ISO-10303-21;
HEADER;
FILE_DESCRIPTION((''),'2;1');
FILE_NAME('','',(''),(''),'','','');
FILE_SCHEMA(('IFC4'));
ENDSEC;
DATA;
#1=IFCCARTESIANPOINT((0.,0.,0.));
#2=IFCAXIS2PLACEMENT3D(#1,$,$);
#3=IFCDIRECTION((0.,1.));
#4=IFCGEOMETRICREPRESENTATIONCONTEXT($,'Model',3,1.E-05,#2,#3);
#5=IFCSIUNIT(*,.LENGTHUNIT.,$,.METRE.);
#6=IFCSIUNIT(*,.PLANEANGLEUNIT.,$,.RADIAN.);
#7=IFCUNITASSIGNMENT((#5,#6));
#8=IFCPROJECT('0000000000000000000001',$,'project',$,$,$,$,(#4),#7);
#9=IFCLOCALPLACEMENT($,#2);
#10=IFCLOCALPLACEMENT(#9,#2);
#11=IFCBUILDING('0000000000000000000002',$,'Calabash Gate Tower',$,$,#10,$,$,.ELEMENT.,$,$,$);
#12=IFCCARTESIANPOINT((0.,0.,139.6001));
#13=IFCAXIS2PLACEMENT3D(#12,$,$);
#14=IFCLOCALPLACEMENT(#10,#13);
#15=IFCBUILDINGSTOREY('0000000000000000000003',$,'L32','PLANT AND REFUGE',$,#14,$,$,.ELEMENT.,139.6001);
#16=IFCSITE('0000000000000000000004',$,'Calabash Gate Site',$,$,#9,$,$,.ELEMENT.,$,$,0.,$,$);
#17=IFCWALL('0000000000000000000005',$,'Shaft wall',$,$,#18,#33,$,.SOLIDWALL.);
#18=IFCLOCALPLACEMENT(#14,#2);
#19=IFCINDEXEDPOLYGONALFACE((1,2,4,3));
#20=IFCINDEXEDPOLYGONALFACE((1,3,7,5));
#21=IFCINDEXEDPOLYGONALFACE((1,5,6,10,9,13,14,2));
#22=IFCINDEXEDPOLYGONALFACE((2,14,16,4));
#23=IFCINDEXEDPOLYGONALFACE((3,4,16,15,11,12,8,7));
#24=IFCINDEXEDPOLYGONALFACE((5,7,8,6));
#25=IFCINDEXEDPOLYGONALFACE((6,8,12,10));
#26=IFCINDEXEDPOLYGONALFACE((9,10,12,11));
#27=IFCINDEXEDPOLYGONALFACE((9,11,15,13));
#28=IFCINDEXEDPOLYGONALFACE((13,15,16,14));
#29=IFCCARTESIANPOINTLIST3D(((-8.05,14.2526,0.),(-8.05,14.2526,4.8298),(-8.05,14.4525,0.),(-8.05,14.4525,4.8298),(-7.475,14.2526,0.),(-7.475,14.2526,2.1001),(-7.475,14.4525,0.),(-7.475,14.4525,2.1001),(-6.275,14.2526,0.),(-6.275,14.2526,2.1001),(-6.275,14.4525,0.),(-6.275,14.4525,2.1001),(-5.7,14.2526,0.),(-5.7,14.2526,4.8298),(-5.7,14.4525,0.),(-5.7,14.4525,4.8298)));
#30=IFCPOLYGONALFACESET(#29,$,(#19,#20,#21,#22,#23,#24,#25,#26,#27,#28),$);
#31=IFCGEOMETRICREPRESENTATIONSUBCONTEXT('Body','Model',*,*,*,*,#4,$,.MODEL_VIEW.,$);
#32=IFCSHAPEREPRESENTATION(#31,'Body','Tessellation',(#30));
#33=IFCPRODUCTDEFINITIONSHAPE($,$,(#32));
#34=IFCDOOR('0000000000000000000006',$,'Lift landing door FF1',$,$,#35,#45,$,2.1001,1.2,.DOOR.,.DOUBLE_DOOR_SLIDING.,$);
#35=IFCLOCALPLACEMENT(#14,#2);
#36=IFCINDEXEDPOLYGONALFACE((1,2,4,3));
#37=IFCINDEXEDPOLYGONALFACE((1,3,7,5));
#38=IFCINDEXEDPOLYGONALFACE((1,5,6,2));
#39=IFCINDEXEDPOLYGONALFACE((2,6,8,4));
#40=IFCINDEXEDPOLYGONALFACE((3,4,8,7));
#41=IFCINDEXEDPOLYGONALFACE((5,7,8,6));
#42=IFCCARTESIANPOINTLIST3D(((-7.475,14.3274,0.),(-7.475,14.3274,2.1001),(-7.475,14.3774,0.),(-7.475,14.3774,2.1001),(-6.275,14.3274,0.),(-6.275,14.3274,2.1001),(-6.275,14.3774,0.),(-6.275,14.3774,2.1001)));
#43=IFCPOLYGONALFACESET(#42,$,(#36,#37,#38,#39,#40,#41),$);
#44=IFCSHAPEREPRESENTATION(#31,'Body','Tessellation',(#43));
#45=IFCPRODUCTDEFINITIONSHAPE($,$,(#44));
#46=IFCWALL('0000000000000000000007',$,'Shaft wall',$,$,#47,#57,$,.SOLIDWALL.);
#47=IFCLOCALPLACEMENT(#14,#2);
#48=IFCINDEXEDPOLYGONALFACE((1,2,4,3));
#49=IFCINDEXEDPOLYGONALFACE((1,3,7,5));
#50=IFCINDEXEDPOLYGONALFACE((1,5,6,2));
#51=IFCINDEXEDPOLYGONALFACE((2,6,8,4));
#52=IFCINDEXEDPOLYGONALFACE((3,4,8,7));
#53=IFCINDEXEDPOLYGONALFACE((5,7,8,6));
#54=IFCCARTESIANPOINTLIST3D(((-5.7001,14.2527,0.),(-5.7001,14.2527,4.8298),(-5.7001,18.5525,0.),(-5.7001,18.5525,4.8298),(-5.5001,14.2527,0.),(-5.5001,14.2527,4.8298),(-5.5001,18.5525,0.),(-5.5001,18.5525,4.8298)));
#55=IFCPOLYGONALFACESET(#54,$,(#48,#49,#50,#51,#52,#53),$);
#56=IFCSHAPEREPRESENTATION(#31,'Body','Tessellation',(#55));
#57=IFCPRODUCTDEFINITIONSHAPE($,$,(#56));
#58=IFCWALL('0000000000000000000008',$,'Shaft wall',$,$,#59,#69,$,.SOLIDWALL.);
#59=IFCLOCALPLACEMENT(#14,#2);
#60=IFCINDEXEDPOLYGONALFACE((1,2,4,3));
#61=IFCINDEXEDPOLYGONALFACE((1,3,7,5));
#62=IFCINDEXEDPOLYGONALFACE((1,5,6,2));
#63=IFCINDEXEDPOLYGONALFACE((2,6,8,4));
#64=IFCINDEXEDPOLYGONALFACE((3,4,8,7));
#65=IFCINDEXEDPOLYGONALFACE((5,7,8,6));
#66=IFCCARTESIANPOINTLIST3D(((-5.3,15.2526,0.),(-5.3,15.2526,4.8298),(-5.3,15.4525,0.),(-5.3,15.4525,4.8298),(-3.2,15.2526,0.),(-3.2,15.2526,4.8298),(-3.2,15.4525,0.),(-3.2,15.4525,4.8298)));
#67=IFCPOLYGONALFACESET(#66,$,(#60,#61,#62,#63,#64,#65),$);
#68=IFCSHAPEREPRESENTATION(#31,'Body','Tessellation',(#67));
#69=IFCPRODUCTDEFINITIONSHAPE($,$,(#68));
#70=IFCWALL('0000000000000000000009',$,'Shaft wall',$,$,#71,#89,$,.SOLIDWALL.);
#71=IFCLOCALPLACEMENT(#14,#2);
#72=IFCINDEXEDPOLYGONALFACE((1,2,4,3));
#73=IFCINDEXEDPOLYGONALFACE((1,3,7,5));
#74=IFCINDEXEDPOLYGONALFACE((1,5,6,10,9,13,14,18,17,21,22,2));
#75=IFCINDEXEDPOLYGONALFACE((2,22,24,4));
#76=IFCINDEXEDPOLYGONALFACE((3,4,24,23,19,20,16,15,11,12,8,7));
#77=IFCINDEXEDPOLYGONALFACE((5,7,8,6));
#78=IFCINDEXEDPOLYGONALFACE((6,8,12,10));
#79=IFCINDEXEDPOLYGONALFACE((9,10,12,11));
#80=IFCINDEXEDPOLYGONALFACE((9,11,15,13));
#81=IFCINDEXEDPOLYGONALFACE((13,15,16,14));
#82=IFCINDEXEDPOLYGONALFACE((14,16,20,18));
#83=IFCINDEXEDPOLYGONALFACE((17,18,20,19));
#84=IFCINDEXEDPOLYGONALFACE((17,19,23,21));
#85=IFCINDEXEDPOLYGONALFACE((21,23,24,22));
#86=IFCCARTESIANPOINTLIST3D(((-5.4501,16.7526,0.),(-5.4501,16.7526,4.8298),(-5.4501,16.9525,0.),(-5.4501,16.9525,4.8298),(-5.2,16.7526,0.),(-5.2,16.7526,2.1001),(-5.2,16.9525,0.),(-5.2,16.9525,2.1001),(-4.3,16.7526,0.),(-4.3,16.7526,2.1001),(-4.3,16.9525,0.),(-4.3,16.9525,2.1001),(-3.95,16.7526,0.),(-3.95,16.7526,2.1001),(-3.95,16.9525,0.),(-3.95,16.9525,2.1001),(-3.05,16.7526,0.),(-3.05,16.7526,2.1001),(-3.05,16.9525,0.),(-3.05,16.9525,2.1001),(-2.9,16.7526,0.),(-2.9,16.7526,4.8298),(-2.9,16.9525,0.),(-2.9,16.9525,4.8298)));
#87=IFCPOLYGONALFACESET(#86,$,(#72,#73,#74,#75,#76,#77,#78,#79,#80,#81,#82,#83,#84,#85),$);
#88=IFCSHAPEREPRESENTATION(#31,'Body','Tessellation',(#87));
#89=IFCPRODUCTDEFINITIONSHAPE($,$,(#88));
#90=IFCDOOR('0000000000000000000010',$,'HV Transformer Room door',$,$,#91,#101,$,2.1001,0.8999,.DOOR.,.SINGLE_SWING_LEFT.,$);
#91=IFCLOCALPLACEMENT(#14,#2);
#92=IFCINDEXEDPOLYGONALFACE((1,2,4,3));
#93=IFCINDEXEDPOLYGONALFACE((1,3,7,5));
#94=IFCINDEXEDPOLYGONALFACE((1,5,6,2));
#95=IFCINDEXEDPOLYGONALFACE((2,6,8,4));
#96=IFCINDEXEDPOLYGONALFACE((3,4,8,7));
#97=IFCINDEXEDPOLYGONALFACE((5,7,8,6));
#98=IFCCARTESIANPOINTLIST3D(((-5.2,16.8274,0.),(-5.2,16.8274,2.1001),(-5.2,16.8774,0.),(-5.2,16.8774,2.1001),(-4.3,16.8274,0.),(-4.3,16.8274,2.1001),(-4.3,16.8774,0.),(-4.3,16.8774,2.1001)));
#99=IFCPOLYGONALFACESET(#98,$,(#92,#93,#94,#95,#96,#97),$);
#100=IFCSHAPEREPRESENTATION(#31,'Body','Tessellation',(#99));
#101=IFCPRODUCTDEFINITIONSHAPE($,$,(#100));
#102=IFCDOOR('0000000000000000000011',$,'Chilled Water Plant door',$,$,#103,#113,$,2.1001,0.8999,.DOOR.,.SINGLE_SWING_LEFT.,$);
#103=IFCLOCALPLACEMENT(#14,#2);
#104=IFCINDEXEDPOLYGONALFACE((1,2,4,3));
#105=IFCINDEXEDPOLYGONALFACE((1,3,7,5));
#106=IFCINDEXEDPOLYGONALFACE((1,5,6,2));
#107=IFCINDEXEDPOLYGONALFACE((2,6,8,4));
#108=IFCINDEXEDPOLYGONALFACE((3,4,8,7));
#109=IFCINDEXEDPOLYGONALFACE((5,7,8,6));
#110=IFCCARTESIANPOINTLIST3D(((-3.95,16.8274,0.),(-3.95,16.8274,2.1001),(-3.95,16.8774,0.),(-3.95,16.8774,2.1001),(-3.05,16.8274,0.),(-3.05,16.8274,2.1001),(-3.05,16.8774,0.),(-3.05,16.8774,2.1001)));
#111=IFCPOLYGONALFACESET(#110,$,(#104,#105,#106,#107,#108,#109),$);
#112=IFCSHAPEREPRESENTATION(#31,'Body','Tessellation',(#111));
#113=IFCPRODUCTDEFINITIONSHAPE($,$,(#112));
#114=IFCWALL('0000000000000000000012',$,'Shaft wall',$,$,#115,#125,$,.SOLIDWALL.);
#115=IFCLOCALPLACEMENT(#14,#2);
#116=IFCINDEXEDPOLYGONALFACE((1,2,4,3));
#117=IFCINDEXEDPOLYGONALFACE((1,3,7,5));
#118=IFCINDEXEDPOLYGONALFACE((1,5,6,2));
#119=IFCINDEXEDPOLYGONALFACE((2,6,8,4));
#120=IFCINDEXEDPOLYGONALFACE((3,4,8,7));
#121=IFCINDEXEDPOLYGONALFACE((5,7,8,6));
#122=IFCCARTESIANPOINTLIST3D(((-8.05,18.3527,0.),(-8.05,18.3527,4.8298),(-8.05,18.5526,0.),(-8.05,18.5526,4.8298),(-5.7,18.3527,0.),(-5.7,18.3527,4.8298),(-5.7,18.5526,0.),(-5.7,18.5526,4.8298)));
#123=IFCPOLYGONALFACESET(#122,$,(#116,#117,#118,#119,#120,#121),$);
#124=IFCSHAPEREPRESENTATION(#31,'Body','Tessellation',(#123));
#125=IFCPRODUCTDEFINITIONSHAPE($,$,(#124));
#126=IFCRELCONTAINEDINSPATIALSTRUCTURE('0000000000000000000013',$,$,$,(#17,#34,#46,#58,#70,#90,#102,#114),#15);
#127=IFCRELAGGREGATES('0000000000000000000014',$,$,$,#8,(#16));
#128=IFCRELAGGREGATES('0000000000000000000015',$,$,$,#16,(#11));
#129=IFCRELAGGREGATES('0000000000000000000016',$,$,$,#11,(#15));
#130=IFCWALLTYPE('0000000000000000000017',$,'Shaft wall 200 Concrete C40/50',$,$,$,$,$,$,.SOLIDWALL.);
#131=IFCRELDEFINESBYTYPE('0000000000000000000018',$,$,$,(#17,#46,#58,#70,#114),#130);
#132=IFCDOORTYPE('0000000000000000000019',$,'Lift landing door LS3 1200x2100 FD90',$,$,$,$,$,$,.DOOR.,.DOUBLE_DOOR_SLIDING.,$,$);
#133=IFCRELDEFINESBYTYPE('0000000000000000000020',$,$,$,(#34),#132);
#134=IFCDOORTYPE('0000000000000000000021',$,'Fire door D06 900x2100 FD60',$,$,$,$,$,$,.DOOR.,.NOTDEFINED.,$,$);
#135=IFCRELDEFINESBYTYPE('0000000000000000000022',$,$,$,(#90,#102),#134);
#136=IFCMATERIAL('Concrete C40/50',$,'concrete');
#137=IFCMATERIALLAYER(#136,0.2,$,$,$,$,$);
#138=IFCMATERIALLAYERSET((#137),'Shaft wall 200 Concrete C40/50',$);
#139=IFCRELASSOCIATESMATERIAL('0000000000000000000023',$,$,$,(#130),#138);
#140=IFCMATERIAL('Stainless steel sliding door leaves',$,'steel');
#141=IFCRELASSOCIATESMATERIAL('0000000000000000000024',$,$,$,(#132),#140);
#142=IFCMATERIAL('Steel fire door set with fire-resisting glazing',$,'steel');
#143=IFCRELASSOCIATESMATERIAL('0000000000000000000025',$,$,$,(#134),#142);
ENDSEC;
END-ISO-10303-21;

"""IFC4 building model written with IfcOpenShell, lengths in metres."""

from ifc_helpers import new_model, si_unit, direction, frame, frame_2d, origin, place, context, subcontext, project, spatial, rectangle, extrude, material, layer, layer_set, type_object, element, fill, save


model = new_model("IFC4")

# Units and contexts
model_context = context("Model", 3, precision=1e-05, world=origin(), true_north=direction((0.0, 1.0)))
body_context = subcontext(model_context, "Body", "Model", "MODEL_VIEW")
ifc_project = project(units=[si_unit("LENGTHUNIT", "METRE"), si_unit("PLANEANGLEUNIT", "RADIAN")], contexts=[model_context])

# Site, building, storey
site_placement = place(None, origin())
site = spatial("IfcSite", under=ifc_project, at=site_placement, Name="Calabash Gate Site", CompositionType="ELEMENT", RefElevation=0.0)
building_placement = place(site_placement, origin())
building = spatial("IfcBuilding", under=site, at=building_placement, Name="Calabash Gate Tower", CompositionType="ELEMENT")
storey_placement = place(building_placement, frame((0.0, 0.0, 139.6001)))
storey = spatial("IfcBuildingStorey", under=building, at=storey_placement, Name="L32", Description="PLANT AND REFUGE", CompositionType="ELEMENT", Elevation=139.6001)

# Shared definitions
ifc_material_1 = material(Name="Concrete C40/50", Category="concrete")
ifc_layer_1 = layer(ifc_material_1, 0.2)
ifc_layer_set_1 = layer_set([ifc_layer_1], Name="Shaft wall 200 Concrete C40/50")
wall_type_1 = type_object("IfcWallType", Name="Shaft wall 200 Concrete C40/50", PredefinedType="SOLIDWALL", material=ifc_layer_set_1)

# Wall, opening, door
wall_1_placement = place(storey_placement, frame((-8.05, 14.3525, 0.0), z_axis=(0.0, 0.0, 1.0), x_axis=(1.0, 0.0, 0.0)))
wall_1 = element("IfcWall", 1, at=wall_1_placement, inside=storey, type_object=wall_type_1, Name="Shaft wall", PredefinedType="SOLIDWALL", context=body_context, shape_type="SweptSolid", body=[
    extrude(rectangle(XDim=2.3501, YDim=0.2, at=frame_2d((1.175, 0.0))), origin(), (0.0, 0.0, 1.0), 4.8298),
])
opening_1_placement = place(wall_1_placement, frame((0.575, 0.0, 0.0)))
opening_1 = element("IfcOpeningElement", 2, at=opening_1_placement, cuts=wall_1, PredefinedType="OPENING", context=body_context, shape_type="SweptSolid", body=[
    extrude(rectangle(XDim=1.2, YDim=2.1001, at=frame_2d((0.6001, 1.05))), frame((0.0, 0.1099, 0.0), z_axis=(0.0, -1.0, 0.0), x_axis=(1.0, 0.0, 0.0)), (0.0, 0.0, 1.0), 0.22),
])
ifc_material_2 = material(Name="Stainless steel sliding door leaves", Category="steel")
door_type_1 = type_object("IfcDoorType", Name="Lift landing door LS3 1200x2100 FD90", OperationType="DOUBLE_DOOR_SLIDING", PredefinedType="DOOR", material=ifc_material_2)
door_1_placement = place(opening_1_placement, origin())
door_1 = element("IfcDoor", 3, at=door_1_placement, inside=storey, type_object=door_type_1, Name="Lift landing door FF1", OperationType="DOUBLE_DOOR_SLIDING", OverallHeight=2.1001, OverallWidth=1.2, PredefinedType="DOOR", context=body_context, shape_type="SweptSolid", body=[
    extrude(rectangle(XDim=1.2, YDim=2.1001, at=frame_2d((0.6001, 1.05))), frame((0.0, 0.0249, 0.0), z_axis=(0.0, -1.0, 0.0), x_axis=(1.0, 0.0, 0.0)), (0.0, 0.0, 1.0), 0.05),
])
fill(opening_1, door_1)

# Walls
wall_2_placement = place(storey_placement, frame((-5.6001, 14.2527, 0.0), z_axis=(0.0, 0.0, 1.0), x_axis=(0.0, 1.0, 0.0)))
element("IfcWall", 4, at=wall_2_placement, inside=storey, type_object=wall_type_1, Name="Shaft wall", PredefinedType="SOLIDWALL", context=body_context, shape_type="SweptSolid", body=[
    extrude(rectangle(XDim=4.2998, YDim=0.2, at=frame_2d((2.1499, 0.0))), origin(), (0.0, 0.0, 1.0), 4.8298),
])
wall_3_placement = place(storey_placement, frame((-5.3, 15.3525, 0.0), z_axis=(0.0, 0.0, 1.0), x_axis=(1.0, 0.0, 0.0)))
element("IfcWall", 5, at=wall_3_placement, inside=storey, type_object=wall_type_1, Name="Shaft wall", PredefinedType="SOLIDWALL", context=body_context, shape_type="SweptSolid", body=[
    extrude(rectangle(XDim=2.1001, YDim=0.2, at=frame_2d((1.05, 0.0))), origin(), (0.0, 0.0, 1.0), 4.8298),
])

# Wall, openings, doors
wall_4_placement = place(storey_placement, frame((-5.45, 16.8525, 0.0), z_axis=(0.0, 0.0, 1.0), x_axis=(1.0, 0.0, 0.0)))
wall_4 = element("IfcWall", 6, at=wall_4_placement, inside=storey, type_object=wall_type_1, Name="Shaft wall", PredefinedType="SOLIDWALL", context=body_context, shape_type="SweptSolid", body=[
    extrude(rectangle(XDim=2.55, YDim=0.2, at=frame_2d((1.2749, 0.0))), origin(), (0.0, 0.0, 1.0), 4.8298),
])
opening_2_placement = place(wall_4_placement, frame((0.25, 0.0, 0.0)))
opening_2 = element("IfcOpeningElement", 7, at=opening_2_placement, cuts=wall_4, PredefinedType="OPENING", context=body_context, shape_type="SweptSolid", body=[
    extrude(rectangle(XDim=0.8999, YDim=2.1001, at=frame_2d((0.45, 1.05))), frame((0.0, 0.1099, 0.0), z_axis=(0.0, -1.0, 0.0), x_axis=(1.0, 0.0, 0.0)), (0.0, 0.0, 1.0), 0.22),
])
opening_3_placement = place(wall_4_placement, frame((1.5, 0.0, 0.0)))
opening_3 = element("IfcOpeningElement", 8, at=opening_3_placement, cuts=wall_4, PredefinedType="OPENING", context=body_context, shape_type="SweptSolid", body=[
    extrude(rectangle(XDim=0.8999, YDim=2.1001, at=frame_2d((0.45, 1.05))), frame((0.0, 0.1099, 0.0), z_axis=(0.0, -1.0, 0.0), x_axis=(1.0, 0.0, 0.0)), (0.0, 0.0, 1.0), 0.22),
])
ifc_material_3 = material(Name="Steel fire door set with fire-resisting glazing", Category="steel")
door_type_2 = type_object("IfcDoorType", Name="Fire door D06 900x2100 FD60", OperationType="NOTDEFINED", PredefinedType="DOOR", material=ifc_material_3)
door_2_placement = place(opening_2_placement, origin())
door_2 = element("IfcDoor", 9, at=door_2_placement, inside=storey, type_object=door_type_2, Name="HV Transformer Room door", OperationType="SINGLE_SWING_LEFT", OverallHeight=2.1001, OverallWidth=0.8999, PredefinedType="DOOR", context=body_context, shape_type="SweptSolid", body=[
    extrude(rectangle(XDim=0.8999, YDim=2.1001, at=frame_2d((0.45, 1.05))), frame((0.0, 0.0249, 0.0), z_axis=(0.0, -1.0, 0.0), x_axis=(1.0, 0.0, 0.0)), (0.0, 0.0, 1.0), 0.05),
])
fill(opening_2, door_2)
door_3_placement = place(opening_3_placement, origin())
door_3 = element("IfcDoor", 10, at=door_3_placement, inside=storey, type_object=door_type_2, Name="Chilled Water Plant door", OperationType="SINGLE_SWING_LEFT", OverallHeight=2.1001, OverallWidth=0.8999, PredefinedType="DOOR", context=body_context, shape_type="SweptSolid", body=[
    extrude(rectangle(XDim=0.8999, YDim=2.1001, at=frame_2d((0.45, 1.05))), frame((0.0, 0.0249, 0.0), z_axis=(0.0, -1.0, 0.0), x_axis=(1.0, 0.0, 0.0)), (0.0, 0.0, 1.0), 0.05),
])
fill(opening_3, door_3)

# Wall
wall_5_placement = place(storey_placement, frame((-8.05, 18.4526, 0.0), z_axis=(0.0, 0.0, 1.0), x_axis=(1.0, 0.0, 0.0)))
element("IfcWall", 11, at=wall_5_placement, inside=storey, type_object=wall_type_1, Name="Shaft wall", PredefinedType="SOLIDWALL", context=body_context, shape_type="SweptSolid", body=[
    extrude(rectangle(XDim=2.3501, YDim=0.2, at=frame_2d((1.175, 0.0))), origin(), (0.0, 0.0, 1.0), 4.8298),
])

save(model, "model.ifc")
